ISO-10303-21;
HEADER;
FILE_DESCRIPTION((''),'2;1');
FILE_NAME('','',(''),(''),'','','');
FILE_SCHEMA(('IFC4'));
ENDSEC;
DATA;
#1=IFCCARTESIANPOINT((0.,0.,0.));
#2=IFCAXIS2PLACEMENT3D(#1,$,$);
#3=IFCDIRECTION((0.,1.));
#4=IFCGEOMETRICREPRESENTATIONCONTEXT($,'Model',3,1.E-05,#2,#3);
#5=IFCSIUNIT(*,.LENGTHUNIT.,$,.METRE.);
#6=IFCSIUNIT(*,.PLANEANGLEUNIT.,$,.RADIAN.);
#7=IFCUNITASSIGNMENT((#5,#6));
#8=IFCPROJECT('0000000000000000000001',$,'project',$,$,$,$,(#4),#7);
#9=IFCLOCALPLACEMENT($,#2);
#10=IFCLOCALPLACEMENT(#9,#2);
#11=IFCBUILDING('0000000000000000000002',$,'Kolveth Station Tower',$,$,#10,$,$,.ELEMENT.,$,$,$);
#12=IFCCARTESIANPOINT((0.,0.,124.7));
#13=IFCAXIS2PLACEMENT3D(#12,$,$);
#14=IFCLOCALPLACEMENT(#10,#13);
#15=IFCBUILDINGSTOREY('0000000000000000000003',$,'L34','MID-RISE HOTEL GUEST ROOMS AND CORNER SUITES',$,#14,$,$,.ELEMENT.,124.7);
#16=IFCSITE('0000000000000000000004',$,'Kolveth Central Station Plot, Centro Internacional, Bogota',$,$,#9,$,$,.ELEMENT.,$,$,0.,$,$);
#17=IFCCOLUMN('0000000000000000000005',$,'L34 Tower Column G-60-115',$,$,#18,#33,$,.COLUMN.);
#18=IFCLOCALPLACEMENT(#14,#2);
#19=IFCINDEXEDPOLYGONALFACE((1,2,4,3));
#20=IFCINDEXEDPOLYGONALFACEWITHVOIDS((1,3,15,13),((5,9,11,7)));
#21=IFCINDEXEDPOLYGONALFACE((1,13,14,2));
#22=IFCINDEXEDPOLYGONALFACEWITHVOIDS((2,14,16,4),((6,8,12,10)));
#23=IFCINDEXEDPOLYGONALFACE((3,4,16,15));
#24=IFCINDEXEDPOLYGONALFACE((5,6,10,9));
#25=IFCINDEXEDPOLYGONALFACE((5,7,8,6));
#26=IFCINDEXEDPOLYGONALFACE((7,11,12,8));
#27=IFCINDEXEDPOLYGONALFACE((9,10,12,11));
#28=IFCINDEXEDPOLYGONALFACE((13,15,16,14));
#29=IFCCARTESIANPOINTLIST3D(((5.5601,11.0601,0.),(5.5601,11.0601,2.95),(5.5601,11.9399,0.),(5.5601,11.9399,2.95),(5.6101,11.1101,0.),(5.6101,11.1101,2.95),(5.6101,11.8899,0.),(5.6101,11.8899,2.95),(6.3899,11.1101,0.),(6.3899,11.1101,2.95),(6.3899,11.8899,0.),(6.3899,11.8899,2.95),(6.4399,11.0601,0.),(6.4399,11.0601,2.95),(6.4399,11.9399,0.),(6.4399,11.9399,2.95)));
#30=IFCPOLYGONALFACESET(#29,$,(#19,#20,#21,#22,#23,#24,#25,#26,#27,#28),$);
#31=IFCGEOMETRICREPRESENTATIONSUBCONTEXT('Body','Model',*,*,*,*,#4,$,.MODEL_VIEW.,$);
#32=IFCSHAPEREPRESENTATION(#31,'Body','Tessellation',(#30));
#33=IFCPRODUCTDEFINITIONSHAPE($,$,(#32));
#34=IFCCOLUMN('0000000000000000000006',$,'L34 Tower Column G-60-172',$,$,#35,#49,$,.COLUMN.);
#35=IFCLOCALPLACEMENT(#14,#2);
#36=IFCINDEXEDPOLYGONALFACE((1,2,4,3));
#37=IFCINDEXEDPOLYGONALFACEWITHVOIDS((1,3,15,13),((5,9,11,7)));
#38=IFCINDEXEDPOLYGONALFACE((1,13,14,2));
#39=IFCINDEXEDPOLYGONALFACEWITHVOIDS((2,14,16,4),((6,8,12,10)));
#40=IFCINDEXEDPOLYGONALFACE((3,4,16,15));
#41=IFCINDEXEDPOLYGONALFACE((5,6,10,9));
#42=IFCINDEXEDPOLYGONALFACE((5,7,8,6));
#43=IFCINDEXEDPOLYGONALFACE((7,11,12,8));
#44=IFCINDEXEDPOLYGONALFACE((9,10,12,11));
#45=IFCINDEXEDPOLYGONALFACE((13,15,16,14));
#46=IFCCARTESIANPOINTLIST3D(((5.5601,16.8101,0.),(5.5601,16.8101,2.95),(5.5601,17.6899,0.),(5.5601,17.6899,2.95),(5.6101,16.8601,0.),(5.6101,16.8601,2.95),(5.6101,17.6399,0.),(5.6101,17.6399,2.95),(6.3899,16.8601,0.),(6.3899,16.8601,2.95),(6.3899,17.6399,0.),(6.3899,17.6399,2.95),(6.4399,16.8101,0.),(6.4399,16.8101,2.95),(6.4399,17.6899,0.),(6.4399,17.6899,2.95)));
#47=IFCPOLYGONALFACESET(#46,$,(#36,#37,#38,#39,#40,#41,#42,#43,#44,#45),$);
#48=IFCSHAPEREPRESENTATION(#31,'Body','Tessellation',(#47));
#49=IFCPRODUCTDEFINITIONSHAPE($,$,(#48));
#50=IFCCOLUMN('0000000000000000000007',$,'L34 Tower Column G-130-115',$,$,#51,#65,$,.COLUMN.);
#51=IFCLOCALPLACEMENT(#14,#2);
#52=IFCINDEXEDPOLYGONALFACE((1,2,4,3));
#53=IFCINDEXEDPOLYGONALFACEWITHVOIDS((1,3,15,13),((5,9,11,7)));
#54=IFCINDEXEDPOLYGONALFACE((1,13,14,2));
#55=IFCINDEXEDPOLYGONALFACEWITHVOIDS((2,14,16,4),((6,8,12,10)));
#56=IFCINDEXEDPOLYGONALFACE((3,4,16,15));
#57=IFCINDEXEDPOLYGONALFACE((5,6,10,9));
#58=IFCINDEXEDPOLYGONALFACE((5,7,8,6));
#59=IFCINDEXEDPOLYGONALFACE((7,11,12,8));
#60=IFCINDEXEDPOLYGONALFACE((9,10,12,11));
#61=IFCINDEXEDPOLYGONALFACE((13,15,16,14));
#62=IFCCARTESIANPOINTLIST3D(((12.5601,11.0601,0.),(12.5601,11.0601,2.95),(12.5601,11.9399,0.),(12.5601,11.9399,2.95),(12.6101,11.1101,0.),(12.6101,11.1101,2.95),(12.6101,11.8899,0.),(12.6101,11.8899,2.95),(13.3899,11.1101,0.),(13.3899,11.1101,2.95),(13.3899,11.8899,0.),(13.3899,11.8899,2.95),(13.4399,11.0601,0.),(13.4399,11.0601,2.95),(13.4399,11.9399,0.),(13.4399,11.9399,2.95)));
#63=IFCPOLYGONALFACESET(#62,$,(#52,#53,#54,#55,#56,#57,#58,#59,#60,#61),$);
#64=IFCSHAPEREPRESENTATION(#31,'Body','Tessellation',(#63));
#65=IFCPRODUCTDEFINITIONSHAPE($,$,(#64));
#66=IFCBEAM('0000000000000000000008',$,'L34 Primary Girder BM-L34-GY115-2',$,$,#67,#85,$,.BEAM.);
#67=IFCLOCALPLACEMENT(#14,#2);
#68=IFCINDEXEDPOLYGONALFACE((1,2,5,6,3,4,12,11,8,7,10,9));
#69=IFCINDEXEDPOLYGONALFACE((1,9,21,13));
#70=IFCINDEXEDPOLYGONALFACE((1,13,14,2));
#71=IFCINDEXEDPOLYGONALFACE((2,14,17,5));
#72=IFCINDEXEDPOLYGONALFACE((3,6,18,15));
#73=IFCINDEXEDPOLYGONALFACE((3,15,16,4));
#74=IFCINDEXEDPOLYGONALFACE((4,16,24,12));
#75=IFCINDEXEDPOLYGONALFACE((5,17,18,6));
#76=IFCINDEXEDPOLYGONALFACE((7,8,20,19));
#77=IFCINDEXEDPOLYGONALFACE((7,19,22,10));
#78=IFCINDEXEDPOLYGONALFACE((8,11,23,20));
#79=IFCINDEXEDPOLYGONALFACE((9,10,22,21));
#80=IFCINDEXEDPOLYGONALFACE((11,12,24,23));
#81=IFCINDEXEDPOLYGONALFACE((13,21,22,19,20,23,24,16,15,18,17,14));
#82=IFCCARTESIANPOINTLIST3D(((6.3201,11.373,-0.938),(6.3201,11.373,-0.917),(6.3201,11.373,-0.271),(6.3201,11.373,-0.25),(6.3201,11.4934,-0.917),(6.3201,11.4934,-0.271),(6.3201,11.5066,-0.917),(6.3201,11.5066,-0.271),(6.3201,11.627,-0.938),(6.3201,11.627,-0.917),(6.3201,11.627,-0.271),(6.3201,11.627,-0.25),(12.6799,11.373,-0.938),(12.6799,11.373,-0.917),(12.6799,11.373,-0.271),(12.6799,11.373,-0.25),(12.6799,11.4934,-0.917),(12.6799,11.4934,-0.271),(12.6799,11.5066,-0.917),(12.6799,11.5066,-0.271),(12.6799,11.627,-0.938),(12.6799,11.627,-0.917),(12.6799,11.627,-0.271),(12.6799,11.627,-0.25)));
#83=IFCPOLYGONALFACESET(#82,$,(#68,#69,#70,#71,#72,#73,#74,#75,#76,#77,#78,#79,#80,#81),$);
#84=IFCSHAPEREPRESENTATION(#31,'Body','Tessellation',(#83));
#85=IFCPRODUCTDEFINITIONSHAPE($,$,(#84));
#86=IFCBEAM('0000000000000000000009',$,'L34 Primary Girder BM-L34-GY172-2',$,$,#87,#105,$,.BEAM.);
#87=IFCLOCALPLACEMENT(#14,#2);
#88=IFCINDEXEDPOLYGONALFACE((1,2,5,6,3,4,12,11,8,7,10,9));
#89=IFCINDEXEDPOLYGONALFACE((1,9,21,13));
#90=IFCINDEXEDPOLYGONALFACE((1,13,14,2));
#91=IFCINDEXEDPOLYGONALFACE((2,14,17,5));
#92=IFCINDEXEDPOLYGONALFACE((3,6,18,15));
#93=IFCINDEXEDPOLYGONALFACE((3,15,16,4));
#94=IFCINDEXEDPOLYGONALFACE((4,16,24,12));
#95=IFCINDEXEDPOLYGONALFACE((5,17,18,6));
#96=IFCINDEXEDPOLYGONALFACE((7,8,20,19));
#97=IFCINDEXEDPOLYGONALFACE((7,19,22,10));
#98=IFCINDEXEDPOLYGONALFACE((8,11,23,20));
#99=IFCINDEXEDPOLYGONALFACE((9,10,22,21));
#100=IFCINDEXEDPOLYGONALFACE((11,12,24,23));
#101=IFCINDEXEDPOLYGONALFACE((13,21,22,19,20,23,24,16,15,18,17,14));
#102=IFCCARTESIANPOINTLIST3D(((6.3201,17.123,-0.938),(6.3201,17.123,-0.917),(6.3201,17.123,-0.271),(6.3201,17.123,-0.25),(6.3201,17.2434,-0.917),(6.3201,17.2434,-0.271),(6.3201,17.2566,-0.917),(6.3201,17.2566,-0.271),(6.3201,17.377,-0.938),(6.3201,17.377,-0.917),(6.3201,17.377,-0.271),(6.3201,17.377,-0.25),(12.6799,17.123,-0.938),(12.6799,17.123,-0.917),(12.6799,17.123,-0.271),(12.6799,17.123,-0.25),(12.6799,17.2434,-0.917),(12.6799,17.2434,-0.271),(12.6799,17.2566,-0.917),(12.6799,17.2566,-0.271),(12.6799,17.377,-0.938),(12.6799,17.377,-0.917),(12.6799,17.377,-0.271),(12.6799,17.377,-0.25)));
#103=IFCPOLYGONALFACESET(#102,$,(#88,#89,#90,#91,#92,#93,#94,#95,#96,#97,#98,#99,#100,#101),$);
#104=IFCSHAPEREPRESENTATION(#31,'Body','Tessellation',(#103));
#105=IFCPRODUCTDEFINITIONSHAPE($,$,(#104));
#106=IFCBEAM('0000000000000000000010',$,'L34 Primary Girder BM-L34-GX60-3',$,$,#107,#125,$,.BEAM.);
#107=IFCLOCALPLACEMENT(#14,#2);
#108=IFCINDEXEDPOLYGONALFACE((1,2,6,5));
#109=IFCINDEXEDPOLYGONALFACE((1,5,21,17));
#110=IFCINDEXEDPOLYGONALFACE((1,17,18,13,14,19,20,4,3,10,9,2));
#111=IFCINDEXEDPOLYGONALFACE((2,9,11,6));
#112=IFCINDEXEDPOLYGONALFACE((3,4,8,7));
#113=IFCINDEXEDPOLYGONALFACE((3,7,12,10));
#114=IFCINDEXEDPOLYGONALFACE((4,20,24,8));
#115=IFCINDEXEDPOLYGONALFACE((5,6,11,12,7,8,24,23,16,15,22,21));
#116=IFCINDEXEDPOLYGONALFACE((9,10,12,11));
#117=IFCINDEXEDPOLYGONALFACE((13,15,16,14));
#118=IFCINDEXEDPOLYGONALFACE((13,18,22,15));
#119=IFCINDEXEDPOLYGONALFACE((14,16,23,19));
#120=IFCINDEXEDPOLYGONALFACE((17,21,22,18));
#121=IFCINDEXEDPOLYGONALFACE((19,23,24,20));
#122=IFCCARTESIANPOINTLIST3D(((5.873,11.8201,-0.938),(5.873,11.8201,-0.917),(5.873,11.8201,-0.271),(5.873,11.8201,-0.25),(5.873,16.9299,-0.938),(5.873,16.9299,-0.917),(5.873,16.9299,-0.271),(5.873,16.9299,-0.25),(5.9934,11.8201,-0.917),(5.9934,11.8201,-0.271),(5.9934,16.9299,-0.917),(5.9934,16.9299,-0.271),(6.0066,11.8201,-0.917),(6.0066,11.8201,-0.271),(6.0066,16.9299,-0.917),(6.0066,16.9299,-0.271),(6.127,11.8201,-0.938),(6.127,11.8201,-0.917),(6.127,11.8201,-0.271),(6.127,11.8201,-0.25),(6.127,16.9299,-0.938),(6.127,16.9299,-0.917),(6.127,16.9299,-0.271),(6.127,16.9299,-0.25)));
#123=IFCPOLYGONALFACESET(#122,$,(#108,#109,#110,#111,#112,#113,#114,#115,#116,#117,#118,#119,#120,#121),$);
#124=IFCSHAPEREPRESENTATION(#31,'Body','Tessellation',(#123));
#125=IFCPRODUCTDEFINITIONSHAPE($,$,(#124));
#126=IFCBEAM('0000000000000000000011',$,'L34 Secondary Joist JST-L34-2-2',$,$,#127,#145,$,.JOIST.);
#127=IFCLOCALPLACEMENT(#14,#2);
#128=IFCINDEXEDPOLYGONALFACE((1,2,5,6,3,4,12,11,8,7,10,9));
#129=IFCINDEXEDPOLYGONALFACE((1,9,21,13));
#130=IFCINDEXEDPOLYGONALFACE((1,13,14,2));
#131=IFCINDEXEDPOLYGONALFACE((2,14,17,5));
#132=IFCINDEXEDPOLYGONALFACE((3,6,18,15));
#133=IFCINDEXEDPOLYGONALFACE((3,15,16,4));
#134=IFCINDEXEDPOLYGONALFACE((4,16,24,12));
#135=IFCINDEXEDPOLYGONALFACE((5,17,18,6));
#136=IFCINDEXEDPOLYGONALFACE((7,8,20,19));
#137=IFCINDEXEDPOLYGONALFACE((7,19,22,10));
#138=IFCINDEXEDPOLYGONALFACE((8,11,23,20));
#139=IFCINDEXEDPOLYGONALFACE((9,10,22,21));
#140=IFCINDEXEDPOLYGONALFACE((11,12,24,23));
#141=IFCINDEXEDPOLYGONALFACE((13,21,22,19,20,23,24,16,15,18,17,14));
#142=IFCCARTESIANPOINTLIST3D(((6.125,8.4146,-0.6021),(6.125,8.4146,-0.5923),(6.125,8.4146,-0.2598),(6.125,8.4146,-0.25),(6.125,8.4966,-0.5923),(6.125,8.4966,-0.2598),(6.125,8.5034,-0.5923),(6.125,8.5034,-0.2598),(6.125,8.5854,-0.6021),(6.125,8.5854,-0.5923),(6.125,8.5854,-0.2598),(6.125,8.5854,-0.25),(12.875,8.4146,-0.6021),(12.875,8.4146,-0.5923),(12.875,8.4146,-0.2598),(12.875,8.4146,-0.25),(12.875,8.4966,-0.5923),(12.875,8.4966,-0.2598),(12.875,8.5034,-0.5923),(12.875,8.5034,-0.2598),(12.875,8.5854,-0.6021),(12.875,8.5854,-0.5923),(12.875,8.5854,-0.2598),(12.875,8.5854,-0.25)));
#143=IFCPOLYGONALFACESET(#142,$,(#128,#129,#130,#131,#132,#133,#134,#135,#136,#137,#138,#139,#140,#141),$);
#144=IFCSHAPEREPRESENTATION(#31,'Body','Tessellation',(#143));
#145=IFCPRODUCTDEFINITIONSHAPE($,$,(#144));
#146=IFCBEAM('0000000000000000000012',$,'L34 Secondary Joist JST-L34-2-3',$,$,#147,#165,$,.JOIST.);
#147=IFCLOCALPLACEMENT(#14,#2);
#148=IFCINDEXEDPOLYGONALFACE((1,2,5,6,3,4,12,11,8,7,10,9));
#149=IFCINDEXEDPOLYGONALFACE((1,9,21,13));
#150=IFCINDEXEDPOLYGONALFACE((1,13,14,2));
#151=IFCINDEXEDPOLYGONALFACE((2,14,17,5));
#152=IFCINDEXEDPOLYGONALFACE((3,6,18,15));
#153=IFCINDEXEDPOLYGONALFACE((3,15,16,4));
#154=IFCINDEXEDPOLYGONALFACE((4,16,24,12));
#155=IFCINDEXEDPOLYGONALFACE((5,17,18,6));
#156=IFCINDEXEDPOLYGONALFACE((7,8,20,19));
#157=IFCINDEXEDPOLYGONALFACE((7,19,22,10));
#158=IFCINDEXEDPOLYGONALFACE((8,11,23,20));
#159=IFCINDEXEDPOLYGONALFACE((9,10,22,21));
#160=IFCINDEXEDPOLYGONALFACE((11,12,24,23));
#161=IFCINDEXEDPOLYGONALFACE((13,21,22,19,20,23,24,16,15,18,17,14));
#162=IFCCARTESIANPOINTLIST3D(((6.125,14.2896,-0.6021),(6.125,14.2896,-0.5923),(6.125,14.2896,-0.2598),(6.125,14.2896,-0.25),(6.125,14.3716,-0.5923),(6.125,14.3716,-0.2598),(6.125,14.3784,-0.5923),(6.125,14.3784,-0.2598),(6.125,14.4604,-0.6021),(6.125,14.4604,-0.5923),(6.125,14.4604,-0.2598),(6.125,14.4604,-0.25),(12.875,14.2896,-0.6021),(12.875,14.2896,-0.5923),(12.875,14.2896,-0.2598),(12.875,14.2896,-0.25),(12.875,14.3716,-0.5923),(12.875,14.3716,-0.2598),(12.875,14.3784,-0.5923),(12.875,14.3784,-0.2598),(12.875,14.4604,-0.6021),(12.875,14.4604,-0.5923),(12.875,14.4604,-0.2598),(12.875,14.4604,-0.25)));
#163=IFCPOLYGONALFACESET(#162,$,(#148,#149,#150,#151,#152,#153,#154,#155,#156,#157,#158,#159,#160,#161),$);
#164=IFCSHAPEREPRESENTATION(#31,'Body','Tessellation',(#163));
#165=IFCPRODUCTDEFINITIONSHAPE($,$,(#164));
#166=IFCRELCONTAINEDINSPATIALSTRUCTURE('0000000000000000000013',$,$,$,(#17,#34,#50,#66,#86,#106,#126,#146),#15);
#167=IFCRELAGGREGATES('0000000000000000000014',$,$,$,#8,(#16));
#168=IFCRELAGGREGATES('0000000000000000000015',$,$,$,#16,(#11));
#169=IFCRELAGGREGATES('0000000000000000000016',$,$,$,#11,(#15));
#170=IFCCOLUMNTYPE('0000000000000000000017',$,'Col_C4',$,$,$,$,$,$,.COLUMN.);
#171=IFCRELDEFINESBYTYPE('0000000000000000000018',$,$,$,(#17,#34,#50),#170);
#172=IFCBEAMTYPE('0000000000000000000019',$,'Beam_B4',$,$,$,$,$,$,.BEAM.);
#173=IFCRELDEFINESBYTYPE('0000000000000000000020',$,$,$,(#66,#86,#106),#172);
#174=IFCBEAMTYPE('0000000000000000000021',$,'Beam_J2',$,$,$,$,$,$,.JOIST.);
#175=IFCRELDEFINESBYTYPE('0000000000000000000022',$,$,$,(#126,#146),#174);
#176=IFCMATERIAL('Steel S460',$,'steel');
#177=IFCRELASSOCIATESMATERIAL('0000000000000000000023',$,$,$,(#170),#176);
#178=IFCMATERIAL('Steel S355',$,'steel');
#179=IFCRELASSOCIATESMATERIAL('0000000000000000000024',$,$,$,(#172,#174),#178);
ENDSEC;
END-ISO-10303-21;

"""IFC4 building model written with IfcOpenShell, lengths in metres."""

from ifc_helpers import new_model, si_unit, direction, frame, origin, origin_2d, place, context, subcontext, project, spatial, hollow_rectangle, i_section, extrude, source, transform, mapped, material, material_profile, profile_set, type_object, element, save


model = new_model("IFC4")

# Units and contexts
model_context = context("Model", 3, precision=1e-05, world=origin(), true_north=direction((0.0, 1.0)))
body_context = subcontext(model_context, "Body", "Model", "MODEL_VIEW")
ifc_project = project(units=[si_unit("LENGTHUNIT", "METRE"), si_unit("PLANEANGLEUNIT", "RADIAN")], contexts=[model_context])

# Site, building, storey
site_placement = place(None, origin())
site = spatial("IfcSite", under=ifc_project, at=site_placement, Name="Kolveth Central Station Plot, Centro Internacional, Bogota", CompositionType="ELEMENT", RefElevation=0.0)
building_placement = place(site_placement, origin())
building = spatial("IfcBuilding", under=site, at=building_placement, Name="Kolveth Station Tower", CompositionType="ELEMENT")
storey_placement = place(building_placement, frame((0.0, 0.0, 124.7)))
storey = spatial("IfcBuildingStorey", under=building, at=storey_placement, Name="L34", Description="MID-RISE HOTEL GUEST ROOMS AND CORNER SUITES", CompositionType="ELEMENT", Elevation=124.7)

# Columns
ifc_material_1 = material(Name="Steel S460", Category="steel")
ifc_material_profile_1 = material_profile(ifc_material_1, hollow_rectangle(XDim=0.8799, YDim=0.8799, WallThickness=0.05, at=origin_2d()), Name="BOX880x880x50")
ifc_profile_set_1 = profile_set([ifc_material_profile_1], Name="Steel S460")
column_type = type_object("IfcColumnType", Name="Col_C4", PredefinedType="COLUMN", material=ifc_profile_set_1)
shared_shape_1 = source(origin(), body_context, "Body", "SweptSolid", [
    extrude(hollow_rectangle(XDim=0.8799, YDim=0.8799, WallThickness=0.05, at=origin_2d()), origin(), (0.0, 0.0, 1.0), 2.95),
])
for number, where, z_axis, x_axis, name in (
    (1, (6.0, 11.5, 0.0), (0.0, 0.0, 1.0), (1.0, 0.0, 0.0), "L34 Tower Column G-60-115"),
    (2, (6.0, 17.25, 0.0), (0.0, 0.0, 1.0), (1.0, 0.0, 0.0), "L34 Tower Column G-60-172"),
    (3, (13.0, 11.5, 0.0), (0.0, 0.0, 1.0), (1.0, 0.0, 0.0), "L34 Tower Column G-130-115"),
):
    element("IfcColumn", number, at=place(storey_placement, frame(where, z_axis=z_axis, x_axis=x_axis)), inside=storey, type_object=column_type, Name=name, PredefinedType="COLUMN", context=body_context, shape_type="MappedRepresentation", body=[
        mapped(shared_shape_1, transform((0.0, 0.0, 0.0), x_axis=(1.0, 0.0, 0.0), y_axis=(0.0, 1.0, 0.0), z_axis=(0.0, 0.0, 1.0), scale=1.0)),
    ])

# Beams
ifc_material_2 = material(Name="Steel S355", Category="steel")
ifc_material_profile_2 = material_profile(ifc_material_2, i_section(OverallWidth=0.2539, OverallDepth=0.688, WebThickness=0.0132, FlangeThickness=0.021, at=origin_2d()), Name="W690x152")
ifc_profile_set_2 = profile_set([ifc_material_profile_2], Name="Steel S355")
beam_type_1 = type_object("IfcBeamType", Name="Beam_B4", PredefinedType="BEAM", material=ifc_profile_set_2)
shared_shape_2 = source(origin(), body_context, "Body", "SweptSolid", [
    extrude(i_section(OverallWidth=0.2539, OverallDepth=0.688, WebThickness=0.0132, FlangeThickness=0.021, at=origin_2d()), origin(), (0.0, 0.0, 1.0), 6.3599),
])
for number, where, z_axis, x_axis, name in (
    (4, (6.3201, 11.5, -0.594), (1.0, 0.0, 0.0), (0.0, 1.0, 0.0), "L34 Primary Girder BM-L34-GY115-2"),
    (5, (6.3201, 17.25, -0.594), (1.0, 0.0, 0.0), (0.0, 1.0, 0.0), "L34 Primary Girder BM-L34-GY172-2"),
):
    element("IfcBeam", number, at=place(storey_placement, frame(where, z_axis=z_axis, x_axis=x_axis)), inside=storey, type_object=beam_type_1, Name=name, PredefinedType="BEAM", context=body_context, shape_type="MappedRepresentation", body=[
        mapped(shared_shape_2, transform((0.0, 0.0, 0.0), x_axis=(1.0, 0.0, 0.0), y_axis=(0.0, 1.0, 0.0), z_axis=(0.0, 0.0, 1.0), scale=1.0)),
    ])
shared_shape_3 = source(origin(), body_context, "Body", "SweptSolid", [
    extrude(i_section(OverallWidth=0.2539, OverallDepth=0.688, WebThickness=0.0132, FlangeThickness=0.021, at=origin_2d()), origin(), (0.0, 0.0, 1.0), 5.1099),
])
beam_placement = place(storey_placement, frame((6.0, 11.8201, -0.594), z_axis=(0.0, 1.0, 0.0), x_axis=(-1.0, 0.0, 0.0)))
element("IfcBeam", 6, at=beam_placement, inside=storey, type_object=beam_type_1, Name="L34 Primary Girder BM-L34-GX60-3", PredefinedType="BEAM", context=body_context, shape_type="MappedRepresentation", body=[
    mapped(shared_shape_3, transform((0.0, 0.0, 0.0), x_axis=(1.0, 0.0, 0.0), y_axis=(0.0, 1.0, 0.0), z_axis=(0.0, 0.0, 1.0), scale=1.0)),
])
ifc_material_profile_3 = material_profile(ifc_material_2, i_section(OverallWidth=0.1709, OverallDepth=0.3521, WebThickness=0.0068, FlangeThickness=0.0098, at=origin_2d()), Name="W360x44")
ifc_profile_set_3 = profile_set([ifc_material_profile_3], Name="Steel S355")
beam_type_2 = type_object("IfcBeamType", Name="Beam_J2", PredefinedType="JOIST", material=ifc_profile_set_3)
shared_shape_4 = source(origin(), body_context, "Body", "SweptSolid", [
    extrude(i_section(OverallWidth=0.1709, OverallDepth=0.3521, WebThickness=0.0068, FlangeThickness=0.0098, at=origin_2d()), origin(), (0.0, 0.0, 1.0), 6.75),
])
for number, where, z_axis, x_axis, name in (
    (7, (6.125, 8.5, -0.426), (1.0, 0.0, 0.0), (0.0, 1.0, 0.0), "L34 Secondary Joist JST-L34-2-2"),
    (8, (6.125, 14.375, -0.426), (1.0, 0.0, 0.0), (0.0, 1.0, 0.0), "L34 Secondary Joist JST-L34-2-3"),
):
    element("IfcBeam", number, at=place(storey_placement, frame(where, z_axis=z_axis, x_axis=x_axis)), inside=storey, type_object=beam_type_2, Name=name, PredefinedType="JOIST", context=body_context, shape_type="MappedRepresentation", body=[
        mapped(shared_shape_4, transform((0.0, 0.0, 0.0), x_axis=(1.0, 0.0, 0.0), y_axis=(0.0, 1.0, 0.0), z_axis=(0.0, 0.0, 1.0), scale=1.0)),
    ])

save(model, "model.ifc")
